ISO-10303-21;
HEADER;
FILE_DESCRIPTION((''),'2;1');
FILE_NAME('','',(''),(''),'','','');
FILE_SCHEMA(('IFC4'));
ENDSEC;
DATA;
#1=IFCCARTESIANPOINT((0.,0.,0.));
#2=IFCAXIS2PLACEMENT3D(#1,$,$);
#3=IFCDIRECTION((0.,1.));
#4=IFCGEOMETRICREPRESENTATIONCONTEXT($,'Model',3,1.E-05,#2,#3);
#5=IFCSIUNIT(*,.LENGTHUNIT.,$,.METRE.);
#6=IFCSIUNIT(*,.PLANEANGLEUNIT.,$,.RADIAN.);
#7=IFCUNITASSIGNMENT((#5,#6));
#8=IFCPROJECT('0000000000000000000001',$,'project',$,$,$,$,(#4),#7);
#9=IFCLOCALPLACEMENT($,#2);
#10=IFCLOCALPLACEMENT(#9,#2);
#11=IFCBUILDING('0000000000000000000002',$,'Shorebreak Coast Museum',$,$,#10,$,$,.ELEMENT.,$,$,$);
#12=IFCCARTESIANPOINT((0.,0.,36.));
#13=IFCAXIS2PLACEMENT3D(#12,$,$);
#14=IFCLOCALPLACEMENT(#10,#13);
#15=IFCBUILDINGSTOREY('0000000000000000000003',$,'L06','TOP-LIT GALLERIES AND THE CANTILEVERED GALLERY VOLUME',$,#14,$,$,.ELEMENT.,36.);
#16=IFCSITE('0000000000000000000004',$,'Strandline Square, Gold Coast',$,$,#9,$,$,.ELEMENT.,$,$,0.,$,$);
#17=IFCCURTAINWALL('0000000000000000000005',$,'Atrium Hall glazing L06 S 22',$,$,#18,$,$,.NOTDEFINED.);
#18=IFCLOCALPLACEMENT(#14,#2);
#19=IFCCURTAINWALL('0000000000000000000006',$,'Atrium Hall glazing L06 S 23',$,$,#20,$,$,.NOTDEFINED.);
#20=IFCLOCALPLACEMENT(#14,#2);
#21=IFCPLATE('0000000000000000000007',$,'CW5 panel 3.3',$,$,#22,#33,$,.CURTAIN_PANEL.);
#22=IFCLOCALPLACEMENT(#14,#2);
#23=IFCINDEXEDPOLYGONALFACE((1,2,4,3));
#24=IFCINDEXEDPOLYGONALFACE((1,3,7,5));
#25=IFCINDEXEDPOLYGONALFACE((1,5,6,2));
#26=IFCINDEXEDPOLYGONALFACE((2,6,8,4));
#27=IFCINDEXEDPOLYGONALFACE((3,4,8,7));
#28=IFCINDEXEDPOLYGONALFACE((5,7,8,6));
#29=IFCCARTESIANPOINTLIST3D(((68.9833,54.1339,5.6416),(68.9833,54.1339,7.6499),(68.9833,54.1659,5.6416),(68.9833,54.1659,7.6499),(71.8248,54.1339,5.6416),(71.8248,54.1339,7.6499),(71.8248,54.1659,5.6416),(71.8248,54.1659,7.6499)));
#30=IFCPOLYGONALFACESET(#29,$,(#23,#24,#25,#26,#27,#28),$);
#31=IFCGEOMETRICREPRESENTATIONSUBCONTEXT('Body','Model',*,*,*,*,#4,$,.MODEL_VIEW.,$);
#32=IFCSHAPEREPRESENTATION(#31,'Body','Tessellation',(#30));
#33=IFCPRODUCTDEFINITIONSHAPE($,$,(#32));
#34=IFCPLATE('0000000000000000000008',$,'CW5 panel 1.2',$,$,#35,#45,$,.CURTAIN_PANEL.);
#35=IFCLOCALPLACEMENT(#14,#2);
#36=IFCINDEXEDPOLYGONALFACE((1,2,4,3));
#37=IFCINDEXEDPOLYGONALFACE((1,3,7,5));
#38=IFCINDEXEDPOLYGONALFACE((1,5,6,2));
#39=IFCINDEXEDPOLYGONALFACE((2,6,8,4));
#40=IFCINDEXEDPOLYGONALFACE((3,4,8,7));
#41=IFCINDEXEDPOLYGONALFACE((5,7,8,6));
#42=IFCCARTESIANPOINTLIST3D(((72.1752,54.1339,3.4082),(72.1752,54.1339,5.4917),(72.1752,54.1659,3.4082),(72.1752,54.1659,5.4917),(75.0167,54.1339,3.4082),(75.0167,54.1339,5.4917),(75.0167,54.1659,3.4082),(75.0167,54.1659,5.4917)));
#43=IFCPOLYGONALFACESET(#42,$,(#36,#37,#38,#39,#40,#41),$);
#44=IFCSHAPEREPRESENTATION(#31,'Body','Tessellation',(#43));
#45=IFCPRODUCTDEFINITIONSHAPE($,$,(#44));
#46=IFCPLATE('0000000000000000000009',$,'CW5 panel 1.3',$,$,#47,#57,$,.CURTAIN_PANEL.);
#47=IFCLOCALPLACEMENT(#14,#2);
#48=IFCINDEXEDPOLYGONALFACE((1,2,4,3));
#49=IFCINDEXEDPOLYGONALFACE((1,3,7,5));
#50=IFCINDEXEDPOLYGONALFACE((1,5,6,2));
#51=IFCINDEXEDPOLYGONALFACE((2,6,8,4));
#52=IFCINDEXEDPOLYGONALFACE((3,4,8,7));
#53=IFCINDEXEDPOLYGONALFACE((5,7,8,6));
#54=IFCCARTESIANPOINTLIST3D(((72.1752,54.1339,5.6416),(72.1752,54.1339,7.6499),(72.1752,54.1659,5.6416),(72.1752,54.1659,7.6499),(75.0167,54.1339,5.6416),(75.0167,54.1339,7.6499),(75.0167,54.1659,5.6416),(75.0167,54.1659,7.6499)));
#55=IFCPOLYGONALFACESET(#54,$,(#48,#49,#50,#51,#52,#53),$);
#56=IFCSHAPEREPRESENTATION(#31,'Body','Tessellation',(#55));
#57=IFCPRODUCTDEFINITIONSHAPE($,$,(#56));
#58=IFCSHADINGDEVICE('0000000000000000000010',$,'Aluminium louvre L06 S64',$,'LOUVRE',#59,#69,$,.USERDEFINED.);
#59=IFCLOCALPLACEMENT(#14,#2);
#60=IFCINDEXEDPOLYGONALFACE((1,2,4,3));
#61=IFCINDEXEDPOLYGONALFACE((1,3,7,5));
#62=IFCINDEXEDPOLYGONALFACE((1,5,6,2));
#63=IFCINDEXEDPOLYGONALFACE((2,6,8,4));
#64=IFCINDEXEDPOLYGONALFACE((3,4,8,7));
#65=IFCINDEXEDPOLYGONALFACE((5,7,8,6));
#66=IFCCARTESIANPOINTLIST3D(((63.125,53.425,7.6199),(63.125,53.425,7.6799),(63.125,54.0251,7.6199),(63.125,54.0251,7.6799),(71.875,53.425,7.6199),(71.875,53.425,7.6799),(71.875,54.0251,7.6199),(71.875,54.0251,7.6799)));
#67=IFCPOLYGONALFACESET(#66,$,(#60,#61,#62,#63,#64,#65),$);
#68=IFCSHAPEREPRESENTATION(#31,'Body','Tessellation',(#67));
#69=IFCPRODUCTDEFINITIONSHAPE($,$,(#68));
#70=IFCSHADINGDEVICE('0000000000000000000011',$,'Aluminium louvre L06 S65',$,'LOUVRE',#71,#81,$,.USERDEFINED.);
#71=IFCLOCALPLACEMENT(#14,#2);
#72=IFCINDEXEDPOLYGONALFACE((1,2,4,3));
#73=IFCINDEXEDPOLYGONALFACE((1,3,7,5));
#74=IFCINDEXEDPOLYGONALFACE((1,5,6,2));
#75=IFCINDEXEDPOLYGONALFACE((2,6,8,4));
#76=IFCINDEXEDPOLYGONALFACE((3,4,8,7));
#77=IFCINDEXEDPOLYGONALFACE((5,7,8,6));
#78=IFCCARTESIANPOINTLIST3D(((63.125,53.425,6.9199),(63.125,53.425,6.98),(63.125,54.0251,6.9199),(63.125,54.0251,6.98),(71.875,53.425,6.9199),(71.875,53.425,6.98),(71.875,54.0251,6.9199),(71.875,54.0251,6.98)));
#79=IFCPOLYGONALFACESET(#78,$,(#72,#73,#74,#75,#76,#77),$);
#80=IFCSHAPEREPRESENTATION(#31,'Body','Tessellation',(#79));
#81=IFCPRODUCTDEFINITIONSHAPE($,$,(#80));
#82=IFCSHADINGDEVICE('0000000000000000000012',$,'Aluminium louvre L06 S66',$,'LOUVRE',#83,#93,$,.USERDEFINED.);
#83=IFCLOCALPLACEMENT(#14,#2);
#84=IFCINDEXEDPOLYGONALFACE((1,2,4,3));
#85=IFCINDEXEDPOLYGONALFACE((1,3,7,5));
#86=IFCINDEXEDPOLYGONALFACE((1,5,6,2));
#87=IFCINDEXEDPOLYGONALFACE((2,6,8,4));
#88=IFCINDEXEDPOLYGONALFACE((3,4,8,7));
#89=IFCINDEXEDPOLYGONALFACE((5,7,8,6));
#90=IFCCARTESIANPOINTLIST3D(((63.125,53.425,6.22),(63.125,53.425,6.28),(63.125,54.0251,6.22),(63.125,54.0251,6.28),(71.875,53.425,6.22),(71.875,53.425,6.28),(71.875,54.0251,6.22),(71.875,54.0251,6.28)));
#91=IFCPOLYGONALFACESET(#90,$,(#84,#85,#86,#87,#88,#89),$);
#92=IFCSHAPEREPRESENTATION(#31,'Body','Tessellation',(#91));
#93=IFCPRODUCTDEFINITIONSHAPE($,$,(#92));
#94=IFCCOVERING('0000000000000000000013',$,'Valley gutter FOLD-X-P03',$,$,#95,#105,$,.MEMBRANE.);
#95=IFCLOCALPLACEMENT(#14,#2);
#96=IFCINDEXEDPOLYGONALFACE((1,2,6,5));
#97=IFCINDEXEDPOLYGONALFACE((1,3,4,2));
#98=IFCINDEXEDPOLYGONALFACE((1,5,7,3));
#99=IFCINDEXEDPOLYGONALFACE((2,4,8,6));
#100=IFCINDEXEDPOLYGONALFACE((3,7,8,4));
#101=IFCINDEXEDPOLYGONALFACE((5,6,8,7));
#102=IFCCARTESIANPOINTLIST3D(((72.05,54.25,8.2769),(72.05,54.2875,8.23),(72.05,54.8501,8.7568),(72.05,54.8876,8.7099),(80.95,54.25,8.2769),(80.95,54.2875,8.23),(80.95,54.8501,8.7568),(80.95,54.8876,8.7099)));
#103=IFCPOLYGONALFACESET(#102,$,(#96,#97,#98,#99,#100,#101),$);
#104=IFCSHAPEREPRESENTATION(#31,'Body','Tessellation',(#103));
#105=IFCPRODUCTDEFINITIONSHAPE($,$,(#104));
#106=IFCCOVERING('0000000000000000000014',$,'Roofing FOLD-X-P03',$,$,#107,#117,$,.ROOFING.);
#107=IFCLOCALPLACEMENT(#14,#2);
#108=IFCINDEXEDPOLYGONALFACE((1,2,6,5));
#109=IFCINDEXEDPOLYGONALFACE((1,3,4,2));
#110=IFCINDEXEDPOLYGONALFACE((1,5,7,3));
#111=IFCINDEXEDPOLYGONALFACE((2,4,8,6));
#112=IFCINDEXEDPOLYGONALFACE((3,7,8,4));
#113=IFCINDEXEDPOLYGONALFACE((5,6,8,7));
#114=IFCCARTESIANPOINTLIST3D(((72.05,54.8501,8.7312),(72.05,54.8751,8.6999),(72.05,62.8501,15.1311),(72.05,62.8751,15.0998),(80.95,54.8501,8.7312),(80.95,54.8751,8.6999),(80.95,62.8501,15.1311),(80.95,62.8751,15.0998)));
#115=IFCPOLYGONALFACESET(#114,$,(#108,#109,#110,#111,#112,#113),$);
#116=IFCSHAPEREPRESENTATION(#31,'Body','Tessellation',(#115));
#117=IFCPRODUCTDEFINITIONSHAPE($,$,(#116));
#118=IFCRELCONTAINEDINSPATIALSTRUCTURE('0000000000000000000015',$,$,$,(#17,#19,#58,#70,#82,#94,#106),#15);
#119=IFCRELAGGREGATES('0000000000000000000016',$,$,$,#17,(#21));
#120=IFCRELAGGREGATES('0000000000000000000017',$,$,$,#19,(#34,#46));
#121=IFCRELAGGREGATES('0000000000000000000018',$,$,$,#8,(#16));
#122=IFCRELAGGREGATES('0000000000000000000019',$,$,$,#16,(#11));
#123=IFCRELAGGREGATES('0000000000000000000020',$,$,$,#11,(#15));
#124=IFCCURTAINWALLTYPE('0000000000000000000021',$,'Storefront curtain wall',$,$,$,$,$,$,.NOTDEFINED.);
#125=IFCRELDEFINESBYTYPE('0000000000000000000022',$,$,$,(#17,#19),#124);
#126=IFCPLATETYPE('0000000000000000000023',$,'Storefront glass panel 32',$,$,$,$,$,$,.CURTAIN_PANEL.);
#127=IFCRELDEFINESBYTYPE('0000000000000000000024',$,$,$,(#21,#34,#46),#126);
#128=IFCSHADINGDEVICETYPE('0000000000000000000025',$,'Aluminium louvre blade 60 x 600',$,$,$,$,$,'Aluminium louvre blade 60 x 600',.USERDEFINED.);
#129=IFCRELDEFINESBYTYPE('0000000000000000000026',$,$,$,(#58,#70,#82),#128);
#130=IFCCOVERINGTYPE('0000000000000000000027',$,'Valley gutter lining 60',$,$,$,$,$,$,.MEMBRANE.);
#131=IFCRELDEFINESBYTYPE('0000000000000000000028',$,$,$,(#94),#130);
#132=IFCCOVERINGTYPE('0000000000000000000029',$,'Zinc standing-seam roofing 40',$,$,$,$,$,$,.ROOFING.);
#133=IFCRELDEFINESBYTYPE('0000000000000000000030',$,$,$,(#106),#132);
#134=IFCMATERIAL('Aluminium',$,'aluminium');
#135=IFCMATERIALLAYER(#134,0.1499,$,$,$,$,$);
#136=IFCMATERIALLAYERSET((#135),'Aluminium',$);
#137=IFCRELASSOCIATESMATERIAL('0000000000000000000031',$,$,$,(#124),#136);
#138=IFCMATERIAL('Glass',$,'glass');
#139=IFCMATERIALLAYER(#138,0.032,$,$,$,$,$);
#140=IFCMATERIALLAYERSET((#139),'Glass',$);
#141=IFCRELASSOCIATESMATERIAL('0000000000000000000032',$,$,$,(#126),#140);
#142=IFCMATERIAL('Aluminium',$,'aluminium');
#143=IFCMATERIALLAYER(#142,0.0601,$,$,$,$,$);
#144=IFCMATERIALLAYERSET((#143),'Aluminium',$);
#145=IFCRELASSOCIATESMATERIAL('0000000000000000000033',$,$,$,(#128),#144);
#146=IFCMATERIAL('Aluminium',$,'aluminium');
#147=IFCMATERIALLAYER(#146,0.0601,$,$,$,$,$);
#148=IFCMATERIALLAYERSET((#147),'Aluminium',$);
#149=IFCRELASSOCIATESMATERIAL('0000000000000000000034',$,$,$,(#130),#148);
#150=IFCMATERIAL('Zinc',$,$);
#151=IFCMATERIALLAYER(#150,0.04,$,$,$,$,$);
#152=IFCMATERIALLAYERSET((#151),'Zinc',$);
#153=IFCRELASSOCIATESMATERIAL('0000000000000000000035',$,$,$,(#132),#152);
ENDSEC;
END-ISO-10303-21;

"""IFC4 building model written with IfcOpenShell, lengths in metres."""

from ifc_helpers import new_model, si_unit, direction, frame, origin, origin_2d, place, context, subcontext, project, spatial, polyline, rectangle, outline, extrude, material, layer, layer_set, type_object, element, aggregate, save


model = new_model("IFC4")

# Units and contexts
model_context = context("Model", 3, precision=1e-05, world=origin(), true_north=direction((0.0, 1.0)))
body_context = subcontext(model_context, "Body", "Model", "MODEL_VIEW")
ifc_project = project(units=[si_unit("LENGTHUNIT", "METRE"), si_unit("PLANEANGLEUNIT", "RADIAN")], contexts=[model_context])

# Site, building, storey
site_placement = place(None, origin())
site = spatial("IfcSite", under=ifc_project, at=site_placement, Name="Strandline Square, Gold Coast", CompositionType="ELEMENT", RefElevation=0.0)
building_placement = place(site_placement, origin())
building = spatial("IfcBuilding", under=site, at=building_placement, Name="Shorebreak Coast Museum", CompositionType="ELEMENT")
storey_placement = place(building_placement, frame((0.0, 0.0, 36.0)))
storey = spatial("IfcBuildingStorey", under=building, at=storey_placement, Name="L06", Description="TOP-LIT GALLERIES AND THE CANTILEVERED GALLERY VOLUME", CompositionType="ELEMENT", Elevation=36.0)

# Curtain walls
ifc_material_1 = material(Name="Aluminium", Category="aluminium")
ifc_layer_1 = layer(ifc_material_1, 0.1499)
ifc_layer_set_1 = layer_set([ifc_layer_1], Name="Aluminium")
curtain_wall_type = type_object("IfcCurtainWallType", Name="Storefront curtain wall", PredefinedType="NOTDEFINED", material=ifc_layer_set_1)
curtain_wall_1_placement = place(storey_placement, origin())
curtain_wall_1 = element("IfcCurtainWall", 1, at=curtain_wall_1_placement, inside=storey, type_object=curtain_wall_type, Name="Atrium Hall glazing L06 S 22", PredefinedType="NOTDEFINED")
curtain_wall_2_placement = place(storey_placement, origin())
curtain_wall_2 = element("IfcCurtainWall", 2, at=curtain_wall_2_placement, inside=storey, type_object=curtain_wall_type, Name="Atrium Hall glazing L06 S 23", PredefinedType="NOTDEFINED")

# Plates
ifc_material_2 = material(Name="Glass", Category="glass")
ifc_layer_2 = layer(ifc_material_2, 0.032)
ifc_layer_set_2 = layer_set([ifc_layer_2], Name="Glass")
plate_type = type_object("IfcPlateType", Name="Storefront glass panel 32", PredefinedType="CURTAIN_PANEL", material=ifc_layer_set_2)
plate_1_placement = place(storey_placement, frame((70.4041, 54.1499, 5.6416), z_axis=(0.0, 0.0, 1.0), x_axis=(1.0, 0.0, 0.0)))
plate_1 = element("IfcPlate", 3, at=plate_1_placement, type_object=plate_type, Name="CW5 panel 3.3", PredefinedType="CURTAIN_PANEL", context=body_context, shape_type="SweptSolid", body=[
    extrude(rectangle(XDim=2.8416, YDim=0.032, at=origin_2d()), origin(), (0.0, 0.0, 1.0), 2.0083),
])
aggregate(curtain_wall_1, [plate_1])
plate_2_placement = place(storey_placement, frame((73.5959, 54.1499, 3.4082), z_axis=(0.0, 0.0, 1.0), x_axis=(1.0, 0.0, 0.0)))
plate_2 = element("IfcPlate", 4, at=plate_2_placement, type_object=plate_type, Name="CW5 panel 1.2", PredefinedType="CURTAIN_PANEL", context=body_context, shape_type="SweptSolid", body=[
    extrude(rectangle(XDim=2.8416, YDim=0.032, at=origin_2d()), origin(), (0.0, 0.0, 1.0), 2.0835),
])
plate_3_placement = place(storey_placement, frame((73.5959, 54.1499, 5.6416), z_axis=(0.0, 0.0, 1.0), x_axis=(1.0, 0.0, 0.0)))
plate_3 = element("IfcPlate", 5, at=plate_3_placement, type_object=plate_type, Name="CW5 panel 1.3", PredefinedType="CURTAIN_PANEL", context=body_context, shape_type="SweptSolid", body=[
    extrude(rectangle(XDim=2.8416, YDim=0.032, at=origin_2d()), origin(), (0.0, 0.0, 1.0), 2.0083),
])
aggregate(curtain_wall_2, [plate_2, plate_3])

# Shading devices
ifc_material_3 = material(Name="Aluminium", Category="aluminium")
ifc_layer_3 = layer(ifc_material_3, 0.0601)
ifc_layer_set_3 = layer_set([ifc_layer_3], Name="Aluminium")
shading_device_type = type_object("IfcShadingDeviceType", Name="Aluminium louvre blade 60 x 600", ElementType="Aluminium louvre blade 60 x 600", PredefinedType="USERDEFINED", material=ifc_layer_set_3)
for number, where, z_axis, x_axis, name in (
    (6, (67.5, 53.7251, 7.6199), (0.0, 0.0, 1.0), (1.0, 0.0, 0.0), "Aluminium louvre L06 S64"),
    (7, (67.5, 53.7251, 6.9199), (0.0, 0.0, 1.0), (1.0, 0.0, 0.0), "Aluminium louvre L06 S65"),
    (8, (67.5, 53.7251, 6.22), (0.0, 0.0, 1.0), (1.0, 0.0, 0.0), "Aluminium louvre L06 S66"),
):
    element("IfcShadingDevice", number, at=place(storey_placement, frame(where, z_axis=z_axis, x_axis=x_axis)), inside=storey, type_object=shading_device_type, Name=name, ObjectType="LOUVRE", PredefinedType="USERDEFINED", context=body_context, shape_type="SweptSolid", body=[
        extrude(rectangle(XDim=8.75, YDim=0.6001, at=origin_2d()), origin(), (0.0, 0.0, 1.0), 0.0601),
    ])

# Coverings
ifc_material_4 = material(Name="Aluminium", Category="aluminium")
ifc_layer_4 = layer(ifc_material_4, 0.0601)
ifc_layer_set_4 = layer_set([ifc_layer_4], Name="Aluminium")
covering_type_1 = type_object("IfcCoveringType", Name="Valley gutter lining 60", PredefinedType="MEMBRANE", material=ifc_layer_set_4)
covering_1_placement = place(storey_placement, frame((72.05, 54.25, 8.2769), z_axis=(0.0, -0.624618, 0.780931), x_axis=(1.0, 0.0, 0.0)))
element("IfcCovering", 9, at=covering_1_placement, inside=storey, type_object=covering_type_1, Name="Valley gutter FOLD-X-P03", PredefinedType="MEMBRANE", context=body_context, shape_type="SweptSolid", body=[
    extrude(outline(polyline([(0.0, 0.0), (8.8999, 0.0), (8.8999, 0.7684), (0.0, 0.7684), (0.0, 0.0)])), origin(), (0.0, 0.0, -1.0), 0.0601),
])
ifc_material_5 = material(Name="Zinc")
ifc_layer_5 = layer(ifc_material_5, 0.04)
ifc_layer_set_5 = layer_set([ifc_layer_5], Name="Zinc")
covering_type_2 = type_object("IfcCoveringType", Name="Zinc standing-seam roofing 40", PredefinedType="ROOFING", material=ifc_layer_set_5)
covering_2_placement = place(storey_placement, frame((72.05, 54.8501, 8.7312), z_axis=(0.0, -0.624689, 0.780873), x_axis=(1.0, 0.0, 0.0)))
element("IfcCovering", 10, at=covering_2_placement, inside=storey, type_object=covering_type_2, Name="Roofing FOLD-X-P03", PredefinedType="ROOFING", context=body_context, shape_type="SweptSolid", body=[
    extrude(outline(polyline([(0.0, 0.0), (8.8999, 0.0), (8.8999, 10.2449), (0.0, 10.2449), (0.0, 0.0)])), origin(), (0.0, 0.0, -1.0), 0.04),
])

save(model, "model.ifc")
